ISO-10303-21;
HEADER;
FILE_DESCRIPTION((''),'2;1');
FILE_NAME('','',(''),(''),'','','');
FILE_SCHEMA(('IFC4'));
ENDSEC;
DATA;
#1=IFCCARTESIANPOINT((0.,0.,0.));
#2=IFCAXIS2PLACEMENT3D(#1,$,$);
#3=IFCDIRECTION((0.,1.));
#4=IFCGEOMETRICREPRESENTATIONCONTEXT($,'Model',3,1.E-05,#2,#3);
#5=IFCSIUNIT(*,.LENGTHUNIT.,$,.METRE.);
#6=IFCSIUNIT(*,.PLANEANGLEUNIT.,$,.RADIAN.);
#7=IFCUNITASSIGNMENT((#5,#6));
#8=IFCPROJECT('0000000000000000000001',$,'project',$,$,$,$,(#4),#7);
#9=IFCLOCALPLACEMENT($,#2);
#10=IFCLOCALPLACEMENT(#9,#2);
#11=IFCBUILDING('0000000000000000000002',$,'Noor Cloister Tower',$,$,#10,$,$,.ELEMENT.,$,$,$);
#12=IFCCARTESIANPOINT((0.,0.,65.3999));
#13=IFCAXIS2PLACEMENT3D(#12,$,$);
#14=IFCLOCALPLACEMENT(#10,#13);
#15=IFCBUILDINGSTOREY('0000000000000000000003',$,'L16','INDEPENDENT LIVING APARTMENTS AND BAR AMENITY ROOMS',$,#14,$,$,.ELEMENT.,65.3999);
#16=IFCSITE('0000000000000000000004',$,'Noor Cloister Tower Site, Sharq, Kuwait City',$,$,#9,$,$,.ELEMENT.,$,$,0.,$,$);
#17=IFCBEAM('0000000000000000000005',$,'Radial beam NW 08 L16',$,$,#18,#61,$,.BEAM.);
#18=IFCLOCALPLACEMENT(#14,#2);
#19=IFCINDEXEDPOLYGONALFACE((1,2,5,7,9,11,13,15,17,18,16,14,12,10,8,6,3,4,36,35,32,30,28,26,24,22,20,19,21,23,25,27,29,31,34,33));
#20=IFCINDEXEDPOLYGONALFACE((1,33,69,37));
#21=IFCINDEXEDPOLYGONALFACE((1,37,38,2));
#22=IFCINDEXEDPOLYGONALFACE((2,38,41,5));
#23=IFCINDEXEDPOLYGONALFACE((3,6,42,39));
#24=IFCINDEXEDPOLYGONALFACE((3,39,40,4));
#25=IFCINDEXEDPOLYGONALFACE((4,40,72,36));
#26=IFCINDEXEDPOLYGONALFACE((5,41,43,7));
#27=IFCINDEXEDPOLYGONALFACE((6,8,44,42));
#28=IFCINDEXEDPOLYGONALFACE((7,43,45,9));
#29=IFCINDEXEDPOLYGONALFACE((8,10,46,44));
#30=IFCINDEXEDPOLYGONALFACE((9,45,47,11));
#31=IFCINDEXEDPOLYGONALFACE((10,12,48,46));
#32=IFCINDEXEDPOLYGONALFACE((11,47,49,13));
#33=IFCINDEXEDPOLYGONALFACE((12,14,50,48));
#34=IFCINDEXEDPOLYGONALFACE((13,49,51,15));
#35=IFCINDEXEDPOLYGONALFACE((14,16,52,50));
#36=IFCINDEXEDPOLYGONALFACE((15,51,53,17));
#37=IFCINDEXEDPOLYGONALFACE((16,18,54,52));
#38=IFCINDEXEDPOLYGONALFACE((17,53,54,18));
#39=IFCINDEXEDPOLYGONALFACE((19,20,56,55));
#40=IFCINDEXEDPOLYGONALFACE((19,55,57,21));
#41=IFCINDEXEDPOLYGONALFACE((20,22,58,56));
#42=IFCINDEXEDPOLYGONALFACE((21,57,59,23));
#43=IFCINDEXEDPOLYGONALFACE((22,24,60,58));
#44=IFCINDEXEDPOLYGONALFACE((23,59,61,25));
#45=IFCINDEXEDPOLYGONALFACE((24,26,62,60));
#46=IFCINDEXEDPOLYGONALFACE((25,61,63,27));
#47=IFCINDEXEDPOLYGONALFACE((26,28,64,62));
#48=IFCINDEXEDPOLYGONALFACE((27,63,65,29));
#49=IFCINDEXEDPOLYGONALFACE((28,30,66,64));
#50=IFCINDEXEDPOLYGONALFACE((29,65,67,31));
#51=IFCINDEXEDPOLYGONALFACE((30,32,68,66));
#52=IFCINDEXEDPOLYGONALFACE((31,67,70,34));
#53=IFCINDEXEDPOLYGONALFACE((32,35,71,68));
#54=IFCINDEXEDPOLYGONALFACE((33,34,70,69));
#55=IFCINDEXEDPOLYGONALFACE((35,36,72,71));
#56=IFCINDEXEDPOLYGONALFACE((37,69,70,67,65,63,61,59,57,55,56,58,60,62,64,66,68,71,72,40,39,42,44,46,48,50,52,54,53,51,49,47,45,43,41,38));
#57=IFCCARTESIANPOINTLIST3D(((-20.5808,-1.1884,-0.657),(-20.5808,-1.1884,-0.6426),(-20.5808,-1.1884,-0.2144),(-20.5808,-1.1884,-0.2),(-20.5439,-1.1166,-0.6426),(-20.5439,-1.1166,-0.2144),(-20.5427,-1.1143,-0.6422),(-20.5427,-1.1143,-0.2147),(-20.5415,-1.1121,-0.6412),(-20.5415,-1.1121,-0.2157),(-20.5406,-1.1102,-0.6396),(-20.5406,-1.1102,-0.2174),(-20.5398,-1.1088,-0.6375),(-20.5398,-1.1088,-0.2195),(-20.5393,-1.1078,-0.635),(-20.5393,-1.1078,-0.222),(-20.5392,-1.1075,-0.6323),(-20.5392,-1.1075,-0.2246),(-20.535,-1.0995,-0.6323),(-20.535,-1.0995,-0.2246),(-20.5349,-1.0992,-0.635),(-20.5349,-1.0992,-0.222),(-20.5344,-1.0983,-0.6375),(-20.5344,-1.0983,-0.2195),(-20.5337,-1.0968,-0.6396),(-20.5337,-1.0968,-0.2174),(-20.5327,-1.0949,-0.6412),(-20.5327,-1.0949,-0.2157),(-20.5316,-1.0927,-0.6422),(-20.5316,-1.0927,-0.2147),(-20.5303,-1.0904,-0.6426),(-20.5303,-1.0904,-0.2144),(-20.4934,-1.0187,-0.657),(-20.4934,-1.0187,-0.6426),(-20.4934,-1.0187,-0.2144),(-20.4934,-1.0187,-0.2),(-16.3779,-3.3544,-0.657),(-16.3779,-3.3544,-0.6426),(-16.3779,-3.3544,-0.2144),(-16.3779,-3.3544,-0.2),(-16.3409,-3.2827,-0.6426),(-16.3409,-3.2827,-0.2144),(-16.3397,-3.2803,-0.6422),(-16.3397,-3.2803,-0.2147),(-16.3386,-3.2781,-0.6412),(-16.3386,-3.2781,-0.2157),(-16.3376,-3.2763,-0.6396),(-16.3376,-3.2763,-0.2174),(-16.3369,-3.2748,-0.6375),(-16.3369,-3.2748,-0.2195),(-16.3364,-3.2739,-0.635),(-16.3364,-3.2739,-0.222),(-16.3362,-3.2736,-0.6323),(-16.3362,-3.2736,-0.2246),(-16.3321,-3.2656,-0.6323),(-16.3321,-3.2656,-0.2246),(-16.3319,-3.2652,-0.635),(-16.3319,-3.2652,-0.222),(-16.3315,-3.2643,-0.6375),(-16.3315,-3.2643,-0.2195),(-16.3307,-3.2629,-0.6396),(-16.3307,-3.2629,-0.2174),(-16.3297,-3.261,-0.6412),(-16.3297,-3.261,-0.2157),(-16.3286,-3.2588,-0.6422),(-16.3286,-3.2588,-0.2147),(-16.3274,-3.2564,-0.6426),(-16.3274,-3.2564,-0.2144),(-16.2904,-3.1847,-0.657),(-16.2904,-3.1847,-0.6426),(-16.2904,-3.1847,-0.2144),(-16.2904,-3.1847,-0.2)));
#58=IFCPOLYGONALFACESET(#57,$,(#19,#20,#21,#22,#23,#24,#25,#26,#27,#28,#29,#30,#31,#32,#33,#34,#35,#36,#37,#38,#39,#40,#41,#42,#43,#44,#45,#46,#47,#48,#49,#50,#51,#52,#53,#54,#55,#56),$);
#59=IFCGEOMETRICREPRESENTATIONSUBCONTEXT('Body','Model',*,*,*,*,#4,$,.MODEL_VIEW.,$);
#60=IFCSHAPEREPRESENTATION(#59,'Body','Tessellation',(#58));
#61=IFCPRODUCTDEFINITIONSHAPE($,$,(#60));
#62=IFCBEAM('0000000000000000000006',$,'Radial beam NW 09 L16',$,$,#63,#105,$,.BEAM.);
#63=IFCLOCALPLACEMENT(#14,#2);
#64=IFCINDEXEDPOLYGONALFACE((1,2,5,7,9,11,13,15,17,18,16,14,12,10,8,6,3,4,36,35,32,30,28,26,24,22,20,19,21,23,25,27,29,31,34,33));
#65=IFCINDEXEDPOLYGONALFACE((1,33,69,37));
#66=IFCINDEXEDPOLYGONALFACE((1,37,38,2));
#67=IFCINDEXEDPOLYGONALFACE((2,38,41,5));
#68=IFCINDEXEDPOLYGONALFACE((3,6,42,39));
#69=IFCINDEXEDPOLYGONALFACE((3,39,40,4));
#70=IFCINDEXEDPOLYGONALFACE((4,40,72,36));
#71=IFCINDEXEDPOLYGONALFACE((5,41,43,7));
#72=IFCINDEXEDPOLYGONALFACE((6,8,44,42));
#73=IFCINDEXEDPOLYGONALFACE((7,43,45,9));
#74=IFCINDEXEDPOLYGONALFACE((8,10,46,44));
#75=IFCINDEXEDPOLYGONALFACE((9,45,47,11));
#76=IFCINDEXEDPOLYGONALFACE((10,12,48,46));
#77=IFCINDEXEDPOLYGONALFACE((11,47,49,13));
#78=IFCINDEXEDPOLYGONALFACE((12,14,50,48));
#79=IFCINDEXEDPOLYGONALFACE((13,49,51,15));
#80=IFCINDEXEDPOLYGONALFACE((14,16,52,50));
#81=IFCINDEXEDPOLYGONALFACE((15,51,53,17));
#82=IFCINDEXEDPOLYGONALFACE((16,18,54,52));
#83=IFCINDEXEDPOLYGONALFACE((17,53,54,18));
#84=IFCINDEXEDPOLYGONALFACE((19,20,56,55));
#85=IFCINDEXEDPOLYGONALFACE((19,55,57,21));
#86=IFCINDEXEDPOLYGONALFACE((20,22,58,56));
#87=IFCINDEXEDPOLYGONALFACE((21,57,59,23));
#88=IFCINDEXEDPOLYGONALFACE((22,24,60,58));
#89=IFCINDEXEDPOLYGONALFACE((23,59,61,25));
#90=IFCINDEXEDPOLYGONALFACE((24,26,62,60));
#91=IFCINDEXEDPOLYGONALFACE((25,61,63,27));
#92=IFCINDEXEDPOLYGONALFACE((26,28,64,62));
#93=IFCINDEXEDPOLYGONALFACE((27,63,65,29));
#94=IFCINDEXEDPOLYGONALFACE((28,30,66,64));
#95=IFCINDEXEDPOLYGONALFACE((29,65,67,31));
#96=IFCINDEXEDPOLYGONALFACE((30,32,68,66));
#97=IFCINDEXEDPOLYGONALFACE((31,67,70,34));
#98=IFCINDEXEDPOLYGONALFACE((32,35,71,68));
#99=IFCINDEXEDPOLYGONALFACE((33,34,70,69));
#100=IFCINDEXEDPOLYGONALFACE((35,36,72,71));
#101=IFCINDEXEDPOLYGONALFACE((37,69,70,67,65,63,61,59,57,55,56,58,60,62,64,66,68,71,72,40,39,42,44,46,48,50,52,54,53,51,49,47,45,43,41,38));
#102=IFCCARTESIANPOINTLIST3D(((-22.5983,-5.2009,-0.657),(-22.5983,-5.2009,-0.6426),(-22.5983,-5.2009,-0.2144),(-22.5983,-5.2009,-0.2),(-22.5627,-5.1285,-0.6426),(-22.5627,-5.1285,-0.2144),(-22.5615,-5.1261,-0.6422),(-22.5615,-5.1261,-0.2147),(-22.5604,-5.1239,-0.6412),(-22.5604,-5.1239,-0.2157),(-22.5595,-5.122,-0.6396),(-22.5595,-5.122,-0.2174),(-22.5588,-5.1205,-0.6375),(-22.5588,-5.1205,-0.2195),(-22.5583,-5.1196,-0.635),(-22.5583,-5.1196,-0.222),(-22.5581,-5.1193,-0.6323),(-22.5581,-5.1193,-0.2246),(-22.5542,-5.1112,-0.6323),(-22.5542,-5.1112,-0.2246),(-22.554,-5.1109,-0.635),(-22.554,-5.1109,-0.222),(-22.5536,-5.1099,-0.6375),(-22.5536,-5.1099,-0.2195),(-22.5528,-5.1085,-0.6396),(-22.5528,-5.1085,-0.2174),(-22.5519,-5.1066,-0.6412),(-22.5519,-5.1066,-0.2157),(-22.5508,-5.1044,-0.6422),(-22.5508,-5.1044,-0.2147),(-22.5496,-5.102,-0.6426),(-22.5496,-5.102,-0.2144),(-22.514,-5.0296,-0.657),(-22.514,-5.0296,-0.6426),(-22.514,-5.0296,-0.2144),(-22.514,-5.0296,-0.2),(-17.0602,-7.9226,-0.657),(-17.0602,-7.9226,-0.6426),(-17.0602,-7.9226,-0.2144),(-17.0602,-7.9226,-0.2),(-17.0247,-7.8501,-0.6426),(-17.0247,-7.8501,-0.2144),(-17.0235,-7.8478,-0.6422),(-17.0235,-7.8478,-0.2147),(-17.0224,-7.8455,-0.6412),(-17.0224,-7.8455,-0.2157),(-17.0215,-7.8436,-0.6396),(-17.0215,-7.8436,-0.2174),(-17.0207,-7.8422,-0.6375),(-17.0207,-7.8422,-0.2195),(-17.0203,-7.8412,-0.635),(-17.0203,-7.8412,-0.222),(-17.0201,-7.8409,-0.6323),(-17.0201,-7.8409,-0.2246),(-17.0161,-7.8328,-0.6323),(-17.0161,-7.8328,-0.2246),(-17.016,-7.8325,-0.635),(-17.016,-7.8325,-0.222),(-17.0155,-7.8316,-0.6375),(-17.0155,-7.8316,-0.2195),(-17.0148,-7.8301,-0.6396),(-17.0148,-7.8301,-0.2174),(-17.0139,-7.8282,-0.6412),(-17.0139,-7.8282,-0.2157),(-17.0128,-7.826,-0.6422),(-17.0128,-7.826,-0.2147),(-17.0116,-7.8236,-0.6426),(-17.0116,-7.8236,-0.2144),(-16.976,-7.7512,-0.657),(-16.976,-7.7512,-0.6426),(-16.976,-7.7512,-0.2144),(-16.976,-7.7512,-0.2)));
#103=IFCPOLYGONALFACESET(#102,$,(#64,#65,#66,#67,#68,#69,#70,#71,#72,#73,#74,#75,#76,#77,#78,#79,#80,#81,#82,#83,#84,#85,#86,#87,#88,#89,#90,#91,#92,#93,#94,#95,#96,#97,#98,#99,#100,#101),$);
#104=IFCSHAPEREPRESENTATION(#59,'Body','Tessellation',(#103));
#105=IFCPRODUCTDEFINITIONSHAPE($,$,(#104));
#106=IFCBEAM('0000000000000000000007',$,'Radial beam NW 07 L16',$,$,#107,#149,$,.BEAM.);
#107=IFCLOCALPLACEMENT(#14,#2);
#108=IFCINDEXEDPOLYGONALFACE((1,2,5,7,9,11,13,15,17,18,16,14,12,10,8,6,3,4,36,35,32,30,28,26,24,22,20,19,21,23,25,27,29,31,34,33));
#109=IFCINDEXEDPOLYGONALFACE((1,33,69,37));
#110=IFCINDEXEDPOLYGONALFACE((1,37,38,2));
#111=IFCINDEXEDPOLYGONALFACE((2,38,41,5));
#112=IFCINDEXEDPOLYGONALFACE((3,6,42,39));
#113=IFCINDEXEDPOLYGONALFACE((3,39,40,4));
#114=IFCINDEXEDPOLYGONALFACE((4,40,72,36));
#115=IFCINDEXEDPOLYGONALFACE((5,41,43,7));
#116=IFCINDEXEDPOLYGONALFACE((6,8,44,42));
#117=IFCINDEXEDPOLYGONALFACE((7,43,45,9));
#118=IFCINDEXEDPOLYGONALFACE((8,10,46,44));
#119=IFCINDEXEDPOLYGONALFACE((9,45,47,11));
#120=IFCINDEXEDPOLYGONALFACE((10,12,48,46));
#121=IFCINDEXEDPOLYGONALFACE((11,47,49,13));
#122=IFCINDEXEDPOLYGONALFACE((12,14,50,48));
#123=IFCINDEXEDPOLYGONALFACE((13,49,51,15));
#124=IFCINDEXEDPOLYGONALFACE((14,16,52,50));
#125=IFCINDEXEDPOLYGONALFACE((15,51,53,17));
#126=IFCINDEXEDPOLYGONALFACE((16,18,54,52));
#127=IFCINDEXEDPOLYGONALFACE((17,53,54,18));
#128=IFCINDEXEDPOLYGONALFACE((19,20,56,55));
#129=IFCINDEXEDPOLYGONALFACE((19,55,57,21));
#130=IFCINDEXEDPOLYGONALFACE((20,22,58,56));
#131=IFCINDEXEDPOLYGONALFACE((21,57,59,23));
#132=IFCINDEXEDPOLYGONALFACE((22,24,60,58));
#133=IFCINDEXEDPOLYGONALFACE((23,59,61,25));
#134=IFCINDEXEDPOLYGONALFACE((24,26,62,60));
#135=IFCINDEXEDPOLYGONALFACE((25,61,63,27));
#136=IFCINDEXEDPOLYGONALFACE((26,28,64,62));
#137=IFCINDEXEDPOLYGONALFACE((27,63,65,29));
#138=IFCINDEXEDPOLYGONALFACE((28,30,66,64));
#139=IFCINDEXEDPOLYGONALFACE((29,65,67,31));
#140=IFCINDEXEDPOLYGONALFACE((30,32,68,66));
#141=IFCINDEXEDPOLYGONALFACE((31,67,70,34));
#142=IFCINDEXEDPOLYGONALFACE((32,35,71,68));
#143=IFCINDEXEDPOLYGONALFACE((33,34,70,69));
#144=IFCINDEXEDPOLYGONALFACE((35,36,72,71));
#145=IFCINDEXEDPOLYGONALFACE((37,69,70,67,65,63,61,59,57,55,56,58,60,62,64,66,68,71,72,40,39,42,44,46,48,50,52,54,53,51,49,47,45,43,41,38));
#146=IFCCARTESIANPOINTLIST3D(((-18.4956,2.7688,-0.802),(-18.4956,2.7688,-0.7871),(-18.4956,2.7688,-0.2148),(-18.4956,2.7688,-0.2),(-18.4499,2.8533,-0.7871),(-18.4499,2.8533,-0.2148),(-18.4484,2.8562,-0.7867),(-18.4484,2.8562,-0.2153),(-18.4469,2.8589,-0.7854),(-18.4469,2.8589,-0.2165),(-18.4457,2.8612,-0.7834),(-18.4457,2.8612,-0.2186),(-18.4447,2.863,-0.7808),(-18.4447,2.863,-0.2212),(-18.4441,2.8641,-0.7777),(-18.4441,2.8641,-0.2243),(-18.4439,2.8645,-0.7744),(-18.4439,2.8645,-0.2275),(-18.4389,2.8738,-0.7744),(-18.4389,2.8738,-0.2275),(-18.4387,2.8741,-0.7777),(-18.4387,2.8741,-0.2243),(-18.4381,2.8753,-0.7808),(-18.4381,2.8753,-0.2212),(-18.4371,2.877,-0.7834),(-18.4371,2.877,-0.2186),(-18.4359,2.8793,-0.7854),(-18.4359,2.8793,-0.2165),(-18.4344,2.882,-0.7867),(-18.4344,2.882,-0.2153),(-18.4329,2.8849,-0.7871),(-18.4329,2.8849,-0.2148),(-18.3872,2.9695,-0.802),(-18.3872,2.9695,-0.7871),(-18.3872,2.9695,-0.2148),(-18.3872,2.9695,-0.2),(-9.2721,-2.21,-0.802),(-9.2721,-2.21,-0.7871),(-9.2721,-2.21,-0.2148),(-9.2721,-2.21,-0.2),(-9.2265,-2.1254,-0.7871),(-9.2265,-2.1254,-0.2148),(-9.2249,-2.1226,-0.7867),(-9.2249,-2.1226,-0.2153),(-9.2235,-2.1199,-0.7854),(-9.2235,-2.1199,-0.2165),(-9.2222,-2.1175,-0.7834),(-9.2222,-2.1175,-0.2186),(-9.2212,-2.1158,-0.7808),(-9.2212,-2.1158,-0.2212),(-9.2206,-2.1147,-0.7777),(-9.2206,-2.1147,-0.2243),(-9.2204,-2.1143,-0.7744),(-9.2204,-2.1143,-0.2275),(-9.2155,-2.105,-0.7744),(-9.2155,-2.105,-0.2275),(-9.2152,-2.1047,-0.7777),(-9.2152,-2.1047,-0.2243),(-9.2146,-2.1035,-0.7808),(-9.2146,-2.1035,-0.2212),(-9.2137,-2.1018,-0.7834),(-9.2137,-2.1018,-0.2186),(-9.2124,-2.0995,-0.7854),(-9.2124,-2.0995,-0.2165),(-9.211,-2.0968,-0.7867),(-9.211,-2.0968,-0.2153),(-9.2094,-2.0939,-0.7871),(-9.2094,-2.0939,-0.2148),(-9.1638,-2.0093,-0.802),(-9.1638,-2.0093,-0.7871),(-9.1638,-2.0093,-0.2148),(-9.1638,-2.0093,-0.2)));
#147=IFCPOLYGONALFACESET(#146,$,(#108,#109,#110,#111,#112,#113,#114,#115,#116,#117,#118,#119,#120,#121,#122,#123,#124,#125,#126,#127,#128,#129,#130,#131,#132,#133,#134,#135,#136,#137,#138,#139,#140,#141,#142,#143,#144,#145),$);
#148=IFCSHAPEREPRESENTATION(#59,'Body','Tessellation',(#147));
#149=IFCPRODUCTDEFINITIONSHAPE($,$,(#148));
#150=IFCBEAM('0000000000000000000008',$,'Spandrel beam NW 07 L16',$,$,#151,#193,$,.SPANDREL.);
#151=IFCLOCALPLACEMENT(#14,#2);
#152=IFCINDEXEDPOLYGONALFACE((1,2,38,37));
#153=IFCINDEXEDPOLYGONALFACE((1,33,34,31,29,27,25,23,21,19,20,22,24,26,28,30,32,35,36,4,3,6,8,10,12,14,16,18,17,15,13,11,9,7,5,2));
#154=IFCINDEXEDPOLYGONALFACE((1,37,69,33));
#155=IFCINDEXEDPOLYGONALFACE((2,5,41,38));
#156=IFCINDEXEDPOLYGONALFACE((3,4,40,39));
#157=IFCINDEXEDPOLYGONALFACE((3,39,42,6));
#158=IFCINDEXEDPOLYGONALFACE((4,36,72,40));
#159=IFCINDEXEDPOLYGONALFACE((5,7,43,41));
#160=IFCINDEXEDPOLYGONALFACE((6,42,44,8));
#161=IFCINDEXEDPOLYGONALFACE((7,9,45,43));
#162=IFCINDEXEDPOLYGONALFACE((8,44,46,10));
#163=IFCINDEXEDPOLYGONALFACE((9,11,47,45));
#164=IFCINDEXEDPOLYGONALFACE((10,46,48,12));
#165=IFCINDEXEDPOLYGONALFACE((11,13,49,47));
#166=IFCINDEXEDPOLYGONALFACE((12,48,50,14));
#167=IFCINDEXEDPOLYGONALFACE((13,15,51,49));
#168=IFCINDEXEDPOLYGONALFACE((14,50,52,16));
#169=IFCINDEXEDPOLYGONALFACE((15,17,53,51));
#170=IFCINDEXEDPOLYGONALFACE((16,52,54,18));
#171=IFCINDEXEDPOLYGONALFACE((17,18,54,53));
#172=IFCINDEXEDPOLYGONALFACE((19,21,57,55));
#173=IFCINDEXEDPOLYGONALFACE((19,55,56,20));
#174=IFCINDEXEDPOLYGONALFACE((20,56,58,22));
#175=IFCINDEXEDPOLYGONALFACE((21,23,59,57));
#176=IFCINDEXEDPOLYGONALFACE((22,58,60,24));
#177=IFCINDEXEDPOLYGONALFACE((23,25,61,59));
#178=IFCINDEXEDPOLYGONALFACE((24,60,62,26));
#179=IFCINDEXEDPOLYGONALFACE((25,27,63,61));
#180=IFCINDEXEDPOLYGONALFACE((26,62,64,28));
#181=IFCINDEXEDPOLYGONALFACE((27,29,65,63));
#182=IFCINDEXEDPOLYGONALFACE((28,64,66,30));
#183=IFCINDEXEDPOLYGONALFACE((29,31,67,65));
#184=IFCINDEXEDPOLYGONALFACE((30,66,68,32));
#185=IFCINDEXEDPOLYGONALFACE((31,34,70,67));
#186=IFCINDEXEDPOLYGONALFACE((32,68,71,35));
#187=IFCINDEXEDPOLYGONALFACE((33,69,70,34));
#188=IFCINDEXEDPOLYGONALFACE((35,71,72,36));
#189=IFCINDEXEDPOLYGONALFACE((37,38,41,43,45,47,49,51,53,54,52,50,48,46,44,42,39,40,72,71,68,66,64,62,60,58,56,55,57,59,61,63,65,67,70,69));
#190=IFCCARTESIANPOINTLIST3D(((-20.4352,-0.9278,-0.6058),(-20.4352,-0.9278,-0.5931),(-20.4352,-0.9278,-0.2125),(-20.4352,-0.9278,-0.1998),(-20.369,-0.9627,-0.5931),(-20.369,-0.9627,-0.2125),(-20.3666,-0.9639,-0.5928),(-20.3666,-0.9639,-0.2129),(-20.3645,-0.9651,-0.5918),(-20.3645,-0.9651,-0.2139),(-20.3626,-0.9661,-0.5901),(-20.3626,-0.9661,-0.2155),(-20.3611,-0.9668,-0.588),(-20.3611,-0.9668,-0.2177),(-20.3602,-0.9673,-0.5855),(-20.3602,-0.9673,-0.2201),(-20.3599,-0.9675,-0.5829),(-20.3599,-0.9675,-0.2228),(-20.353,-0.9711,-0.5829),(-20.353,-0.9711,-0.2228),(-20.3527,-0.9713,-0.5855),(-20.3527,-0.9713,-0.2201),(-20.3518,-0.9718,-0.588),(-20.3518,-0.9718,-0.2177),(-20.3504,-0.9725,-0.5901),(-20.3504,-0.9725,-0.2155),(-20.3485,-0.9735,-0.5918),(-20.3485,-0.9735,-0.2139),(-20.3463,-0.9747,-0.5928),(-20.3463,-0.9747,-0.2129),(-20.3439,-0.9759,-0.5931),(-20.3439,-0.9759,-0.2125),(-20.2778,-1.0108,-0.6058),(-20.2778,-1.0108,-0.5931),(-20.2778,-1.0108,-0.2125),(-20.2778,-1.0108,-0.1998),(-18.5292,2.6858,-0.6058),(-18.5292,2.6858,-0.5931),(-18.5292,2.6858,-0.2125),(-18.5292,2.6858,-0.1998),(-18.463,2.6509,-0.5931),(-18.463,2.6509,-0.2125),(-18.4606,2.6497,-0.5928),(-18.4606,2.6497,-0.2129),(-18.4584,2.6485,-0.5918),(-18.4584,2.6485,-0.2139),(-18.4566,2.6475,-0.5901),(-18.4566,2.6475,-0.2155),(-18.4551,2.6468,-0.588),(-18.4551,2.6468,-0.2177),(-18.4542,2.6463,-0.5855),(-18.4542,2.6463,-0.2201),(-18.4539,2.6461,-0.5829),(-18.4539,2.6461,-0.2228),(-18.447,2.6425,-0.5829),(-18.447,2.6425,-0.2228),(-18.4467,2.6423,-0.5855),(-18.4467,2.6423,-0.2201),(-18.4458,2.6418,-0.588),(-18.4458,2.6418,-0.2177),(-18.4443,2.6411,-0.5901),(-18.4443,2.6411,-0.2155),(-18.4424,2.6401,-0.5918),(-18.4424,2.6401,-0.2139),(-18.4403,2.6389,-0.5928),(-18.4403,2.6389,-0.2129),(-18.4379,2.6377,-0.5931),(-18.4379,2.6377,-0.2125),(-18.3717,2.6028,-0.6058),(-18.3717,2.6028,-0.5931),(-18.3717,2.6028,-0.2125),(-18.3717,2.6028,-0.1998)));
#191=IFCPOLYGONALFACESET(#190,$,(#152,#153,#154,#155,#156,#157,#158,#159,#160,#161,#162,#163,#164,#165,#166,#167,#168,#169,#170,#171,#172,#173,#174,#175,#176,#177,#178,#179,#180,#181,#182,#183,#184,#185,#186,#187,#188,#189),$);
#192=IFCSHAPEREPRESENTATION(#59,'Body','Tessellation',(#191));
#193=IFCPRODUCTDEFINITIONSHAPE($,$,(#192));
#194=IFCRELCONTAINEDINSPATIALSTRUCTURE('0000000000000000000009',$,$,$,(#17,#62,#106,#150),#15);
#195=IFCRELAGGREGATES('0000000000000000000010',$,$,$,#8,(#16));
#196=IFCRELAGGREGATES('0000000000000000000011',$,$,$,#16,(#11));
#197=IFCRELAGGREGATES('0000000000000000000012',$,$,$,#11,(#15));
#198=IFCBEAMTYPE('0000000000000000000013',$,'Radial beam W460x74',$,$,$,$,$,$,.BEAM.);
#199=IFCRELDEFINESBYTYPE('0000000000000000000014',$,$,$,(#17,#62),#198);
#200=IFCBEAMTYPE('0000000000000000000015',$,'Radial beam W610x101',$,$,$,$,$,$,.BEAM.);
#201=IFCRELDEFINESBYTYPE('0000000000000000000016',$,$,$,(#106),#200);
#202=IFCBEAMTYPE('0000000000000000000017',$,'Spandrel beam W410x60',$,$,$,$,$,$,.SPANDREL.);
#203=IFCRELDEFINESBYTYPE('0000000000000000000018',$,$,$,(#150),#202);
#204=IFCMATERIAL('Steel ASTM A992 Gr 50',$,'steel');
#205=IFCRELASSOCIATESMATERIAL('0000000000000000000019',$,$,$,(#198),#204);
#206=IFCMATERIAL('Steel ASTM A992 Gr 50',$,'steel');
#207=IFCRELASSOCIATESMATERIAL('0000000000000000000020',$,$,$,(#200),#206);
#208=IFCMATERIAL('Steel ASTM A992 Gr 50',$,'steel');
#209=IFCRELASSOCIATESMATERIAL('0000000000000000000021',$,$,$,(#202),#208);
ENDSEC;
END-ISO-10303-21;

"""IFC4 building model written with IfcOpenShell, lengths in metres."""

from ifc_helpers import new_model, si_unit, direction, frame, origin, origin_2d, place, context, subcontext, project, spatial, i_section, extrude, material, material_profile, profile_set, type_object, element, save


model = new_model("IFC4")

# Units and contexts
model_context = context("Model", 3, precision=1e-05, world=origin(), true_north=direction((0.0, 1.0)))
body_context = subcontext(model_context, "Body", "Model", "MODEL_VIEW")
ifc_project = project(units=[si_unit("LENGTHUNIT", "METRE"), si_unit("PLANEANGLEUNIT", "RADIAN")], contexts=[model_context])

# Site, building, storey
site_placement = place(None, origin())
site = spatial("IfcSite", under=ifc_project, at=site_placement, Name="Noor Cloister Tower Site, Sharq, Kuwait City", CompositionType="ELEMENT", RefElevation=0.0)
building_placement = place(site_placement, origin())
building = spatial("IfcBuilding", under=site, at=building_placement, Name="Noor Cloister Tower", CompositionType="ELEMENT")
storey_placement = place(building_placement, frame((0.0, 0.0, 65.3999)))
storey = spatial("IfcBuildingStorey", under=building, at=storey_placement, Name="L16", Description="INDEPENDENT LIVING APARTMENTS AND BAR AMENITY ROOMS", CompositionType="ELEMENT", Elevation=65.3999)

# Beams
ifc_material_1 = material(Name="Steel ASTM A992 Gr 50", Category="steel")
ifc_material_profile_1 = material_profile(ifc_material_1, i_section(OverallWidth=0.1909, OverallDepth=0.457, WebThickness=0.009, FlangeThickness=0.0144, FilletRadius=0.0103, at=origin_2d()), Name="W460x74")
ifc_profile_set_1 = profile_set([ifc_material_profile_1], Name="Steel ASTM A992 Gr 50")
beam_type_1 = type_object("IfcBeamType", Name="Radial beam W460x74", PredefinedType="BEAM", material=ifc_profile_set_1)
beam_1_placement = place(storey_placement, frame((-20.5371, -1.1035, -0.4285), z_axis=(0.888897, -0.458106, 0.0), x_axis=(0.458106, 0.888897, 0.0)))
element("IfcBeam", 1, at=beam_1_placement, inside=storey, type_object=beam_type_1, Name="Radial beam NW 08 L16", PredefinedType="BEAM", context=body_context, shape_type="SweptSolid", body=[
    extrude(i_section(OverallWidth=0.1909, OverallDepth=0.457, WebThickness=0.009, FlangeThickness=0.0144, FilletRadius=0.0103, at=origin_2d()), origin(), (0.0, 0.0, 1.0), 4.7283),
])
beam_2_placement = place(storey_placement, frame((-22.5562, -5.1152, -0.4285), z_axis=(0.897476, -0.441063, 0.0), x_axis=(0.441063, 0.897476, 0.0)))
element("IfcBeam", 2, at=beam_2_placement, inside=storey, type_object=beam_type_1, Name="Radial beam NW 09 L16", PredefinedType="BEAM", context=body_context, shape_type="SweptSolid", body=[
    extrude(i_section(OverallWidth=0.1909, OverallDepth=0.457, WebThickness=0.009, FlangeThickness=0.0144, FilletRadius=0.0103, at=origin_2d()), origin(), (0.0, 0.0, 1.0), 6.1707),
])
ifc_material_2 = material(Name="Steel ASTM A992 Gr 50", Category="steel")
ifc_material_profile_2 = material_profile(ifc_material_2, i_section(OverallWidth=0.228, OverallDepth=0.6021, WebThickness=0.0105, FlangeThickness=0.0149, FilletRadius=0.0127, at=origin_2d()), Name="W610x101")
ifc_profile_set_2 = profile_set([ifc_material_profile_2], Name="Steel ASTM A992 Gr 50")
beam_type_2 = type_object("IfcBeamType", Name="Radial beam W610x101", PredefinedType="BEAM", material=ifc_profile_set_2)
beam_3_placement = place(storey_placement, frame((-18.4414, 2.8691, -0.501), z_axis=(0.87998, -0.475011, 0.0), x_axis=(0.475011, 0.87998, 0.0)))
element("IfcBeam", 3, at=beam_3_placement, inside=storey, type_object=beam_type_2, Name="Radial beam NW 07 L16", PredefinedType="BEAM", context=body_context, shape_type="SweptSolid", body=[
    extrude(i_section(OverallWidth=0.228, OverallDepth=0.6021, WebThickness=0.0105, FlangeThickness=0.0149, FilletRadius=0.0127, at=origin_2d()), origin(), (0.0, 0.0, 1.0), 10.4814),
])
ifc_material_3 = material(Name="Steel ASTM A992 Gr 50", Category="steel")
ifc_material_profile_3 = material_profile(ifc_material_3, i_section(OverallWidth=0.178, OverallDepth=0.406, WebThickness=0.0078, FlangeThickness=0.0127, FilletRadius=0.0103, at=origin_2d()), Name="W410x60")
ifc_profile_set_3 = profile_set([ifc_material_profile_3], Name="Steel ASTM A992 Gr 50")
beam_type_3 = type_object("IfcBeamType", Name="Spandrel beam W410x60", PredefinedType="SPANDREL", material=ifc_profile_set_3)
for number, where, z_axis, x_axis, name in (
    (4, (-18.4504, 2.6443, -0.4028), (-0.466542, -0.884499, 0.0), (0.884499, -0.466542, 0.0), "Spandrel beam NW 07 L16"),
):
    element("IfcBeam", number, at=place(storey_placement, frame(where, z_axis=z_axis, x_axis=x_axis)), inside=storey, type_object=beam_type_3, Name=name, PredefinedType="SPANDREL", context=body_context, shape_type="SweptSolid", body=[
        extrude(i_section(OverallWidth=0.178, OverallDepth=0.406, WebThickness=0.0078, FlangeThickness=0.0127, FilletRadius=0.0103, at=origin_2d()), origin(), (0.0, 0.0, 1.0), 4.0854),
    ])

save(model, "model.ifc")
